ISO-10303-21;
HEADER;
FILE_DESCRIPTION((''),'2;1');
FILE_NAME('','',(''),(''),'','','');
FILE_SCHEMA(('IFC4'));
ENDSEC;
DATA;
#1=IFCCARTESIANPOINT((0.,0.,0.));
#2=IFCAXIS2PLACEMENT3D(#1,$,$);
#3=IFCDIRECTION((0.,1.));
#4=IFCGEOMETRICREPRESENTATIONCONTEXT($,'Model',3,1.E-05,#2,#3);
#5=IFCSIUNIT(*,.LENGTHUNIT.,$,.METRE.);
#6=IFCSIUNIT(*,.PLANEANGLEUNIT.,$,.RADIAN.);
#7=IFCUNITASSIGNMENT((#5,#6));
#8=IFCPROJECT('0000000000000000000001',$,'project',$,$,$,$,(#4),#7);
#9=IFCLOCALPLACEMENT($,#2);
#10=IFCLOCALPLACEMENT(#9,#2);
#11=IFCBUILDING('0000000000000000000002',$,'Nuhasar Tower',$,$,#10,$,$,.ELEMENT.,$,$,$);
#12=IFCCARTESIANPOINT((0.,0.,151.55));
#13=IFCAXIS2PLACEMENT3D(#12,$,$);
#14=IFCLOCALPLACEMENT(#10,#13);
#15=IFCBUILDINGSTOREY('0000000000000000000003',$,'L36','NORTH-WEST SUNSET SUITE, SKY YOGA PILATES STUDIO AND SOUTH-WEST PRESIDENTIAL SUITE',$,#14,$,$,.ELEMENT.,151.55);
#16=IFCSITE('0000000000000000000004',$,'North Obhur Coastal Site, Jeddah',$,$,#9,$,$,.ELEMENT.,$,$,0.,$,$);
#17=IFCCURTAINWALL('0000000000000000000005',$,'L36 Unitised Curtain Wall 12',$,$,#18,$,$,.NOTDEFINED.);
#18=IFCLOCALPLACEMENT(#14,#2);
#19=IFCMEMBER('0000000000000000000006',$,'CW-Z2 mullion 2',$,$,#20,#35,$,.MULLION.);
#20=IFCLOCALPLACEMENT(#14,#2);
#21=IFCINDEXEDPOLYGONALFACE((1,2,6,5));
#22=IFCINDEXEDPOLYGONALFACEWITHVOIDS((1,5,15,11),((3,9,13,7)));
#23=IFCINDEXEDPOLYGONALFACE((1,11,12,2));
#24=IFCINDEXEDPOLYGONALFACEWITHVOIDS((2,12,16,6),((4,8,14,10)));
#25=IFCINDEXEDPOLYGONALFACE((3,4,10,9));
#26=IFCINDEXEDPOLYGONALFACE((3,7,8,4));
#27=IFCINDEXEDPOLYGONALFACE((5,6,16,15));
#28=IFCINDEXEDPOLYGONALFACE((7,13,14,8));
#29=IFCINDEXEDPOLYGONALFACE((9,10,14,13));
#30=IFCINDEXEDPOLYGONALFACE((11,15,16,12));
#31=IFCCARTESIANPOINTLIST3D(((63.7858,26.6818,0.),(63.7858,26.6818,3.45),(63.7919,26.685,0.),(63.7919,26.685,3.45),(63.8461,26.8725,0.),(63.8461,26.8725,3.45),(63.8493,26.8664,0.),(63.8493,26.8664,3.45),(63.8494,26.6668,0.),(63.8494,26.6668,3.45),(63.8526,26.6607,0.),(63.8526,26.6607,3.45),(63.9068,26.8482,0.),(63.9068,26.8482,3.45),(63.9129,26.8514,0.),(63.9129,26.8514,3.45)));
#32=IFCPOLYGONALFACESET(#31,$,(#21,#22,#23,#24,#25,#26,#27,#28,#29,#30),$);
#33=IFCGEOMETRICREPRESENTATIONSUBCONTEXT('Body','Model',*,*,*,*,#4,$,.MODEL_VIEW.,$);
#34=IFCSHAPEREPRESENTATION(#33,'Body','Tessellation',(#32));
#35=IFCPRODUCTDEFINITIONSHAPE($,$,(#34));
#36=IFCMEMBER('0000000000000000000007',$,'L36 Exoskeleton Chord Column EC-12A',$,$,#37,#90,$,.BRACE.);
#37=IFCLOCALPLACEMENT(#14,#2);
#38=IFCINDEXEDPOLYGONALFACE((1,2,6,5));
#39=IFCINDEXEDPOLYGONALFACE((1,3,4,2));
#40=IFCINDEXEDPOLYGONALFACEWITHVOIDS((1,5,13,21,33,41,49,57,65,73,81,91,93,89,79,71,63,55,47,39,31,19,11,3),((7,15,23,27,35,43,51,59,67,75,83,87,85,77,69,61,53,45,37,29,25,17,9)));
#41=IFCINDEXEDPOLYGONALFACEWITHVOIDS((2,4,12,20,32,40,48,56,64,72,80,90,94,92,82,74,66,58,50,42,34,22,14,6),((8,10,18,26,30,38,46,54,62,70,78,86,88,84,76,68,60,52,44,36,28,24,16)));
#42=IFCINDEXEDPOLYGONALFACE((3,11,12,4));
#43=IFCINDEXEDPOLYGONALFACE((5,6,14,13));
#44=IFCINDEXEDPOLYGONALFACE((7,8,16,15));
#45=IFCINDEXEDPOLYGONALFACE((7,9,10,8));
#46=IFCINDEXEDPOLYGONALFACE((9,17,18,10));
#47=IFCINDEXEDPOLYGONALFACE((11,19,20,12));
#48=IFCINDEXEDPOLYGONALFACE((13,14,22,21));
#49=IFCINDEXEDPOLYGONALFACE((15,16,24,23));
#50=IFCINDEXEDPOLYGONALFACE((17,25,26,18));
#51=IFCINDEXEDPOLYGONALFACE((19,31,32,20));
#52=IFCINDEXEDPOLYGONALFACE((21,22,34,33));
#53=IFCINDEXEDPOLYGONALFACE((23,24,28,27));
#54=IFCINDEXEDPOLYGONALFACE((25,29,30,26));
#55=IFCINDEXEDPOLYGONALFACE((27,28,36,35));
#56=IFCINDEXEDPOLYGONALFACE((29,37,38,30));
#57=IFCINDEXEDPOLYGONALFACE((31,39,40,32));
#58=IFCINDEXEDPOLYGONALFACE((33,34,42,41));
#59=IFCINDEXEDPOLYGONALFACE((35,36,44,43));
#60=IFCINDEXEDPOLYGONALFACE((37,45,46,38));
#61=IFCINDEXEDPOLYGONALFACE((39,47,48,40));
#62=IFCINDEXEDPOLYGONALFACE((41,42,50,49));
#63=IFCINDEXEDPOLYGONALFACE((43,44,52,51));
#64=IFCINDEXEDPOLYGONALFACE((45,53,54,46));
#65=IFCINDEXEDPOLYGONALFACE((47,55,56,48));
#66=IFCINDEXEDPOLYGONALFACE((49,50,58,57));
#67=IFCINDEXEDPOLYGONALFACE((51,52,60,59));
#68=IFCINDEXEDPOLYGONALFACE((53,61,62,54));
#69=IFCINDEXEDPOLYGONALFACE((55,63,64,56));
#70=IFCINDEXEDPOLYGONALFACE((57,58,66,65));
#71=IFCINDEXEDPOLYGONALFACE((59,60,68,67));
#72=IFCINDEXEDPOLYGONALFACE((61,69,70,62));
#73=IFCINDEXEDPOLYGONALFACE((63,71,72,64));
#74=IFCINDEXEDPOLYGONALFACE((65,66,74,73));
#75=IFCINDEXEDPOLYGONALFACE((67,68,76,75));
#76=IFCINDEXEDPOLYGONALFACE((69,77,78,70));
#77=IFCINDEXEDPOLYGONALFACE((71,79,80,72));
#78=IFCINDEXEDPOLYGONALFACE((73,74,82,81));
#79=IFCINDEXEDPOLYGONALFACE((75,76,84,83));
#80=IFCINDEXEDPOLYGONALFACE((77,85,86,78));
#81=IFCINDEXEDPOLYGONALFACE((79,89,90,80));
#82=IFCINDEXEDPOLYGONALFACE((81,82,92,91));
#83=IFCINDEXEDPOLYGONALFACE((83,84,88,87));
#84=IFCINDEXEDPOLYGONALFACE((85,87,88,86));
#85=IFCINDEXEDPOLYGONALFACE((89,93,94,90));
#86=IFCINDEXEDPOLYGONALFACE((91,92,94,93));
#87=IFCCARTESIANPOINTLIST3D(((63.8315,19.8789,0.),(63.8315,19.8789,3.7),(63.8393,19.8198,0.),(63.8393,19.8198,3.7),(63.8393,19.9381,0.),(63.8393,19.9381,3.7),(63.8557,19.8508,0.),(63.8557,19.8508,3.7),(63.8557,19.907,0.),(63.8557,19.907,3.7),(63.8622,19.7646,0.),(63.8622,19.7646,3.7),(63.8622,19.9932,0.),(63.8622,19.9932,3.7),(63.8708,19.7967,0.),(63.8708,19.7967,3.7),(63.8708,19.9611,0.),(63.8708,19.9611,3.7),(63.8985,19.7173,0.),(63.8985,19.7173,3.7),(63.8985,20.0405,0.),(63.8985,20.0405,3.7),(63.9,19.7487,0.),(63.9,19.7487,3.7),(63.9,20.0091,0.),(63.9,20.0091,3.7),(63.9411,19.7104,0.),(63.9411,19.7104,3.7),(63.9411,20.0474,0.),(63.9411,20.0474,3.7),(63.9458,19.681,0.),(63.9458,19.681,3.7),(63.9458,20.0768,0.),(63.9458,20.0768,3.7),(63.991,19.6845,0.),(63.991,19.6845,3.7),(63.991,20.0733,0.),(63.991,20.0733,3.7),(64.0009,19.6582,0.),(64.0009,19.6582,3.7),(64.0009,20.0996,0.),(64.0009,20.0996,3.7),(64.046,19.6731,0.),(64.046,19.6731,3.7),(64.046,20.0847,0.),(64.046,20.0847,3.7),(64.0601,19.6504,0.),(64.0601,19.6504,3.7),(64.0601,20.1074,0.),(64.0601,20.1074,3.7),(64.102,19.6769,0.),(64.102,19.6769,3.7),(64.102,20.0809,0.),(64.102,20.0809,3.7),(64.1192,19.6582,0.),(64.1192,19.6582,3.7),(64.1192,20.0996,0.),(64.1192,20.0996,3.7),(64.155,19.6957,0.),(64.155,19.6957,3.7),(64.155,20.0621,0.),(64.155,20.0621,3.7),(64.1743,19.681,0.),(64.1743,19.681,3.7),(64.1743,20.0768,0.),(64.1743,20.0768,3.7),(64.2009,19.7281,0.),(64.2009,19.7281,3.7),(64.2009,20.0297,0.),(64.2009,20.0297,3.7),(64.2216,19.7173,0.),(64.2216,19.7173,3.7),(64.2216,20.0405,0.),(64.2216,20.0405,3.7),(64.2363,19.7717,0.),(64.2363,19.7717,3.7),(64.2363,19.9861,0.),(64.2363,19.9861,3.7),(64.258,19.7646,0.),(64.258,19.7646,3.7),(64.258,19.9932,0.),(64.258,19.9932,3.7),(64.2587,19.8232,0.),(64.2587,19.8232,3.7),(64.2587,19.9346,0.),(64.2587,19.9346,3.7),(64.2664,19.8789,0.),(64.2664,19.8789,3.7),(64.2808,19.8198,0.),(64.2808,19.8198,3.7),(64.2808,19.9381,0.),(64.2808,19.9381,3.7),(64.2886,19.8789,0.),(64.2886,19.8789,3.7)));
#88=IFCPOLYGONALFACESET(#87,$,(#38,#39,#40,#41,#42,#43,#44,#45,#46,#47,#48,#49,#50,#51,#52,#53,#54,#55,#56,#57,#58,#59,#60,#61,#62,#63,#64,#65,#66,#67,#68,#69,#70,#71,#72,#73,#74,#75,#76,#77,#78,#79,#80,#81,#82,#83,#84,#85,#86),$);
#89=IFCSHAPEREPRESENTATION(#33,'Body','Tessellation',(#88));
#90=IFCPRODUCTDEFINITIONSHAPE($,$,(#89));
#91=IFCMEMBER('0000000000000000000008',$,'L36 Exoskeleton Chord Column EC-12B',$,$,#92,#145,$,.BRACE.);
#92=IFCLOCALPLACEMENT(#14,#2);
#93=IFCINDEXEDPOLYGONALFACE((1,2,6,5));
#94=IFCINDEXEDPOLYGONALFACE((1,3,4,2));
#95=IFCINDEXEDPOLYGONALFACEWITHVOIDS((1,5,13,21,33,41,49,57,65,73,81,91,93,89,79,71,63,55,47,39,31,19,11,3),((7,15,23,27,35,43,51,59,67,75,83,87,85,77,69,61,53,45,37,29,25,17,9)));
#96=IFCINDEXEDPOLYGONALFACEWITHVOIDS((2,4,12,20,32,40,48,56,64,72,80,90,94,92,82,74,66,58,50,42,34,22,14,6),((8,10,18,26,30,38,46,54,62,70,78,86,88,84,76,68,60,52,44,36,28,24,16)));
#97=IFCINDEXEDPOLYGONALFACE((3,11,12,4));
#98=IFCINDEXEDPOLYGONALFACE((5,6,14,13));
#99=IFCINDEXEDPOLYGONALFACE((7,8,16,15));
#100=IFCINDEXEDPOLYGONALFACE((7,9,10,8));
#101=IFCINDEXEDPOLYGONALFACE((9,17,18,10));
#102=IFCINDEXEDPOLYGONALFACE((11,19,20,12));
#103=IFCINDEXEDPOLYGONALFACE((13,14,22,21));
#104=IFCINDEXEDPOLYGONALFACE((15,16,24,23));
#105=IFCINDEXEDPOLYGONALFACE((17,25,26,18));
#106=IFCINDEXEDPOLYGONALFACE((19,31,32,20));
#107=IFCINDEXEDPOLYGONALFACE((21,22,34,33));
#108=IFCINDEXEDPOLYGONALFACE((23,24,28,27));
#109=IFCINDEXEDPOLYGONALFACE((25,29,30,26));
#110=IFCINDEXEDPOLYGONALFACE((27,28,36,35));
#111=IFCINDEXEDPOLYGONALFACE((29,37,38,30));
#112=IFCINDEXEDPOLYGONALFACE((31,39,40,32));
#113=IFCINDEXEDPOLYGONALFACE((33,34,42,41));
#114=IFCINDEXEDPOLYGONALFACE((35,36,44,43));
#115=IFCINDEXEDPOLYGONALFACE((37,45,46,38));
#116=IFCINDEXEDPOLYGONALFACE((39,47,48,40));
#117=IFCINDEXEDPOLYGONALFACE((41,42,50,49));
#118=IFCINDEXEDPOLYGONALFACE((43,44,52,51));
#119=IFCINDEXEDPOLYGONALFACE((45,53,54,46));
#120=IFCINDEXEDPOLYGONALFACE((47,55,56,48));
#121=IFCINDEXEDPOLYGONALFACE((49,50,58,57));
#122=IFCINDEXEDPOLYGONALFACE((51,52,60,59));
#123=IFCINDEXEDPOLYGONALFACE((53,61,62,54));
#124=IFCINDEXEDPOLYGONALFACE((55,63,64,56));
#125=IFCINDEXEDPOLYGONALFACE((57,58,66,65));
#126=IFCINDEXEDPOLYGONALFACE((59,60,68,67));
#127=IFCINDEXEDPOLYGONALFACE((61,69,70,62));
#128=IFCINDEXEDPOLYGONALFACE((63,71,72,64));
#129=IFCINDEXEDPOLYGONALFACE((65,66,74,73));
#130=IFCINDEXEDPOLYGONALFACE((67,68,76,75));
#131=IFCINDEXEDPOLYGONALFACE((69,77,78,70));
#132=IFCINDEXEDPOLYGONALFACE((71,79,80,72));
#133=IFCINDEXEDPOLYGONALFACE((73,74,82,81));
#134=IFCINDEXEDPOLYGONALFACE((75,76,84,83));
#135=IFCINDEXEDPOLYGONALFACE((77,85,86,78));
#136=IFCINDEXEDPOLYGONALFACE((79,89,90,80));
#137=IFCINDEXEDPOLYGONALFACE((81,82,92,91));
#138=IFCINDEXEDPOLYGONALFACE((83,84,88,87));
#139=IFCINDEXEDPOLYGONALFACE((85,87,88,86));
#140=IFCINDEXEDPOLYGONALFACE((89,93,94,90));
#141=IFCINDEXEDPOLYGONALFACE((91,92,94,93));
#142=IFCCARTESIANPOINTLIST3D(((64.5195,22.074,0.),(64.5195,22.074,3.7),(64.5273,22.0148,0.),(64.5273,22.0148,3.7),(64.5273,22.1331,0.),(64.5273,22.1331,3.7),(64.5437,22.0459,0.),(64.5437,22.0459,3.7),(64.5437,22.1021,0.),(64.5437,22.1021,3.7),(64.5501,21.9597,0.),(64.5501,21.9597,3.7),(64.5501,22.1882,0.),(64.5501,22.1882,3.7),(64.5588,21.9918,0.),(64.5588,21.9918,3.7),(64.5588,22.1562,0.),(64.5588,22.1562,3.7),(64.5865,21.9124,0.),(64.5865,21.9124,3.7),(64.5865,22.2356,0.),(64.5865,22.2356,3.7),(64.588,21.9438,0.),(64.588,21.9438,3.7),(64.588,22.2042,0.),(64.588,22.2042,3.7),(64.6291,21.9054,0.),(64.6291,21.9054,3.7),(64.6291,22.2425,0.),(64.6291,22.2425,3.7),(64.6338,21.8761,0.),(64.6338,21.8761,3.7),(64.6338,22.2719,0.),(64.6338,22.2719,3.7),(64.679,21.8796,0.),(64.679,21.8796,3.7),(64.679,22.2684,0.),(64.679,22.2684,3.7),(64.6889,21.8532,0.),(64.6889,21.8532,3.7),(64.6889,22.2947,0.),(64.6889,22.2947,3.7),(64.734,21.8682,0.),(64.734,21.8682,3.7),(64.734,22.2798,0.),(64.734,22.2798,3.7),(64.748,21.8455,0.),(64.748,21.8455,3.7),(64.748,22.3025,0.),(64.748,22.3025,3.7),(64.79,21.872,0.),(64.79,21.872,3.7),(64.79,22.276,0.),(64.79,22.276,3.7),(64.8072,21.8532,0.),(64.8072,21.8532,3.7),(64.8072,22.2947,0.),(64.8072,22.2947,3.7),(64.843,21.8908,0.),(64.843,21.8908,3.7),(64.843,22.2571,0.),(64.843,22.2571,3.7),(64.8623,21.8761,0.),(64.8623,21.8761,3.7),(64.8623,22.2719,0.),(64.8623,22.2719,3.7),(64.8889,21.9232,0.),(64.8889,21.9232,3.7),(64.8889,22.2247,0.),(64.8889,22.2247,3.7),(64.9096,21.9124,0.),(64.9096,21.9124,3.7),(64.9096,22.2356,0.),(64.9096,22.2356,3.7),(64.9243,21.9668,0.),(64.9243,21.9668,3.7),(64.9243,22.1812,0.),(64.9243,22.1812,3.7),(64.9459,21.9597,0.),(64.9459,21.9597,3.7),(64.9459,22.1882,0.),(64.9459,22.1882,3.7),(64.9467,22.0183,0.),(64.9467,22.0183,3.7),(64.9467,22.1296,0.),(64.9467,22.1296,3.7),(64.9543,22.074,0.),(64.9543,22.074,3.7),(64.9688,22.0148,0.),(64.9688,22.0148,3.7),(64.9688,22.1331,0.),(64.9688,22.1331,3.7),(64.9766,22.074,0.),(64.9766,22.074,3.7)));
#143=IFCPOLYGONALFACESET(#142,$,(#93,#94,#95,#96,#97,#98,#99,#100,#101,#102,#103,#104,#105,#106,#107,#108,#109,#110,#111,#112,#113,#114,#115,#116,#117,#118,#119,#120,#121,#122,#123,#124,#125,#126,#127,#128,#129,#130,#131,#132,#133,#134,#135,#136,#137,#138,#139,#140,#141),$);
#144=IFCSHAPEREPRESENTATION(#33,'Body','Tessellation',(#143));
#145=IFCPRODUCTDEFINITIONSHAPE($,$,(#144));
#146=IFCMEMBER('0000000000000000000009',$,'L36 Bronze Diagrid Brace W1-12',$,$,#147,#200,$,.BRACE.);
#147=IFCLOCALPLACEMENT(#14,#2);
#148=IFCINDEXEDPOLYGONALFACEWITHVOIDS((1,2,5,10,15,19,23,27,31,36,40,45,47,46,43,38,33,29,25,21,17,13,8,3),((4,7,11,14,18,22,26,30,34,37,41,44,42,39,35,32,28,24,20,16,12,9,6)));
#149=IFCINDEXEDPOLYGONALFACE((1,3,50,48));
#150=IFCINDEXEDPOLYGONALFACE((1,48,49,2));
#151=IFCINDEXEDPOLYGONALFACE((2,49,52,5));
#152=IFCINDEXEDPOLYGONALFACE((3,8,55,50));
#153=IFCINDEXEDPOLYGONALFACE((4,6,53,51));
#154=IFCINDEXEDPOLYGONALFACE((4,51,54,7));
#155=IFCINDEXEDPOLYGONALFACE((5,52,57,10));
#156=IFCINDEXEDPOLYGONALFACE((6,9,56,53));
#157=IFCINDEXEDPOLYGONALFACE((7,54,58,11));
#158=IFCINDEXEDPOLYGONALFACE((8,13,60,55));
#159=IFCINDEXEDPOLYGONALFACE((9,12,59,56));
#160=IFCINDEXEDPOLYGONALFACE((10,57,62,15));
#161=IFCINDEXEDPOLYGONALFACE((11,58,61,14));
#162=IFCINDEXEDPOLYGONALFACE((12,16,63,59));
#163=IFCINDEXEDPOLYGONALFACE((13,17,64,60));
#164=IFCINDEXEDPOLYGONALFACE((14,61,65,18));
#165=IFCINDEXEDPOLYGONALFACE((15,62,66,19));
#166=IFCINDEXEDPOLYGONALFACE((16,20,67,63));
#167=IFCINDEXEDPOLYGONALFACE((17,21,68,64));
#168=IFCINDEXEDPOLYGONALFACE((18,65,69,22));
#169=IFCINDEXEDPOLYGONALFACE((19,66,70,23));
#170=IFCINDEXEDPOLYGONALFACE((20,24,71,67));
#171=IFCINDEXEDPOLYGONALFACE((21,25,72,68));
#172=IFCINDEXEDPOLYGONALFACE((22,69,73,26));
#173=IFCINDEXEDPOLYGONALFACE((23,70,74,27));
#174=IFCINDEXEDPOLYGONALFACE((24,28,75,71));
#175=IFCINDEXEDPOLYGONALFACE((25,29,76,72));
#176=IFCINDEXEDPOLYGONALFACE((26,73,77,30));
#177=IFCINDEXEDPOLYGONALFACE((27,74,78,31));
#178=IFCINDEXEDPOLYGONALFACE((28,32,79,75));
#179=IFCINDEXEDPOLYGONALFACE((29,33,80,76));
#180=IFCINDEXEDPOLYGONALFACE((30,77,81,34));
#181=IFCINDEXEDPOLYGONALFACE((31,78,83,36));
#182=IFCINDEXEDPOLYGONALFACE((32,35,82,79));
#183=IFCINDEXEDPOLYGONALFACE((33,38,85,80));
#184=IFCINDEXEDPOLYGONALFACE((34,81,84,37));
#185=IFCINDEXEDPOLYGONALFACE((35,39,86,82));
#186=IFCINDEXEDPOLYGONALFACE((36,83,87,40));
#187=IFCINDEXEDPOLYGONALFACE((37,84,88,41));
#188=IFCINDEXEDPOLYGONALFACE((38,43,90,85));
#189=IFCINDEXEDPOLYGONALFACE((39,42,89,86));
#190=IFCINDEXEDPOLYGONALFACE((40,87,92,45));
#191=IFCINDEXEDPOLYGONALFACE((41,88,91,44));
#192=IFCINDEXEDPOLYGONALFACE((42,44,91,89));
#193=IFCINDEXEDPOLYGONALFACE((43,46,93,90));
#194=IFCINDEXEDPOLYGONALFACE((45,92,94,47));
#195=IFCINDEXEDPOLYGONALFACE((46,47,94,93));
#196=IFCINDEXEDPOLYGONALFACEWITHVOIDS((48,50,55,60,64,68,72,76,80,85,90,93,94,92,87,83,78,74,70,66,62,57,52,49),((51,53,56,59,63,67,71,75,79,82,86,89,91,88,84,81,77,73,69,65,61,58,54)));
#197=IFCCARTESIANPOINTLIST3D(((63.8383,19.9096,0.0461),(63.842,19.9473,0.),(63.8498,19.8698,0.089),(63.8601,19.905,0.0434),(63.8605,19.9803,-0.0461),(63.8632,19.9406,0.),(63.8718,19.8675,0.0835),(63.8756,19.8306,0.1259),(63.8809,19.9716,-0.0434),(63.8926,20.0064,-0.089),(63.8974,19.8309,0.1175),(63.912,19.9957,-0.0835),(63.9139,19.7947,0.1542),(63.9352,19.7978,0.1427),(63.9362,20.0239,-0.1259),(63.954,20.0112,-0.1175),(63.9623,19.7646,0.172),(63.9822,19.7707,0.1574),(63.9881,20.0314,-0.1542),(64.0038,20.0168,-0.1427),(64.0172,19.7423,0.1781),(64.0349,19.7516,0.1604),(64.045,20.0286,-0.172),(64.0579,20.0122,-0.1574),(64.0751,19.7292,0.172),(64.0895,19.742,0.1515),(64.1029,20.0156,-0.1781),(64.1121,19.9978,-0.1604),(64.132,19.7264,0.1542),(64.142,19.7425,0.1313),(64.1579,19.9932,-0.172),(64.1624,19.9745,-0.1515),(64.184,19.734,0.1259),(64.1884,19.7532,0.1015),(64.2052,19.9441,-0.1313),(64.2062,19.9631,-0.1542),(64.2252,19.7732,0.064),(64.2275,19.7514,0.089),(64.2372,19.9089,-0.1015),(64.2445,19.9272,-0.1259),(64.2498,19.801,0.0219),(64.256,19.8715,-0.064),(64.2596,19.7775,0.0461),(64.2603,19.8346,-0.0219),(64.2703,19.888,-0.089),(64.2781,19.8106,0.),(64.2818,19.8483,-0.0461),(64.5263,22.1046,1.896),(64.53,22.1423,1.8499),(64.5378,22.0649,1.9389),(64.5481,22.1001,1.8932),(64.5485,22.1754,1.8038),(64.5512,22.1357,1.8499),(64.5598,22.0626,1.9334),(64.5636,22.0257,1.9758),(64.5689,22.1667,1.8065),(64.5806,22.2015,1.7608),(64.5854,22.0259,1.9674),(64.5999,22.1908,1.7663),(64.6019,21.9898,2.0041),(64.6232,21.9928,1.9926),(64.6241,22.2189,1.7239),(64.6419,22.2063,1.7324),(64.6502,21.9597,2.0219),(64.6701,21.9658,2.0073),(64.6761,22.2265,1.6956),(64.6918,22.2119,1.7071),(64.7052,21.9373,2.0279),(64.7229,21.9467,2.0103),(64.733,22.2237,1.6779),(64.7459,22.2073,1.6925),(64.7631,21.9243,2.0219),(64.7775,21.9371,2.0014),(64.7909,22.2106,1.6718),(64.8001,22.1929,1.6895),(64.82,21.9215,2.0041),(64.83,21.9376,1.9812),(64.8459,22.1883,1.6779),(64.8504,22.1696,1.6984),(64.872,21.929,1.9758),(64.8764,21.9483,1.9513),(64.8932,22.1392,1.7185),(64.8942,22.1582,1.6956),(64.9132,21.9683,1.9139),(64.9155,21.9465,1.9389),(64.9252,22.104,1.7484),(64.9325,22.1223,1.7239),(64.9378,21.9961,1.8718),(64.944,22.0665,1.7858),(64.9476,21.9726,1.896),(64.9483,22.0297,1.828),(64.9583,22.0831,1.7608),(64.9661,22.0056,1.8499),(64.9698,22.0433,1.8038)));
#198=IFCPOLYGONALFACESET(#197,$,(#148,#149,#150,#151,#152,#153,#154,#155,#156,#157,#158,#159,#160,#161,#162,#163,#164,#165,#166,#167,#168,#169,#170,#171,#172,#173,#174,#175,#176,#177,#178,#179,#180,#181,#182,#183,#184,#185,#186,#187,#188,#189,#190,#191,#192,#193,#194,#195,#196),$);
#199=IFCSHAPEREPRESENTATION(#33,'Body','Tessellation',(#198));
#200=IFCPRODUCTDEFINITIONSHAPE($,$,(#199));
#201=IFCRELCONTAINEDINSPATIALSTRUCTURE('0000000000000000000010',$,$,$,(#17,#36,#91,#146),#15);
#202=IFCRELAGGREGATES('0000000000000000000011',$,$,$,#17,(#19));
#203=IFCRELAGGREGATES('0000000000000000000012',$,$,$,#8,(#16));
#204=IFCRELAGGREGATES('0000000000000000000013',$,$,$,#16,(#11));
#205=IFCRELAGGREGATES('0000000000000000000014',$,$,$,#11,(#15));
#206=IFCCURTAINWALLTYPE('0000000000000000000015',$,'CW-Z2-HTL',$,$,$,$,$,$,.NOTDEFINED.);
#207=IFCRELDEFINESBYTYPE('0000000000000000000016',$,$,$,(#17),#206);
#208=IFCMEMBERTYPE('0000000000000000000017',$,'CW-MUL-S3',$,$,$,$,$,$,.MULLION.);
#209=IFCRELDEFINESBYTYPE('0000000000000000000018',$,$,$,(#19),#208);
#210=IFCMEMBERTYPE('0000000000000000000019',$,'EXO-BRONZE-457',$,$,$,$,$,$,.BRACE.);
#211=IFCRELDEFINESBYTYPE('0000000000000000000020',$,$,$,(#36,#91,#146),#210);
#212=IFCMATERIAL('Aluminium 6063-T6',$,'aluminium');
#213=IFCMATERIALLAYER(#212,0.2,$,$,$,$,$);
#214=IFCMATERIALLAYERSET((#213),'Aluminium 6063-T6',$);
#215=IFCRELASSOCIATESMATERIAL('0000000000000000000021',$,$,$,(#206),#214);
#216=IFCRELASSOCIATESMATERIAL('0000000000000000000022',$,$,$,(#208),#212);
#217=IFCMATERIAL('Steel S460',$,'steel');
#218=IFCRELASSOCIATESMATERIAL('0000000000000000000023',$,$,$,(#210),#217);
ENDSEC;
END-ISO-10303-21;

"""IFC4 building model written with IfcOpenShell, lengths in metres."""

from ifc_helpers import new_model, si_unit, direction, frame, origin, origin_2d, place, context, subcontext, project, spatial, hollow_rectangle, hollow_circle, extrude, material, layer, layer_set, material_profile, profile_set, type_object, element, aggregate, save


model = new_model("IFC4")

# Units and contexts
model_context = context("Model", 3, precision=1e-05, world=origin(), true_north=direction((0.0, 1.0)))
body_context = subcontext(model_context, "Body", "Model", "MODEL_VIEW")
ifc_project = project(units=[si_unit("LENGTHUNIT", "METRE"), si_unit("PLANEANGLEUNIT", "RADIAN")], contexts=[model_context])

# Site, building, storey
site_placement = place(None, origin())
site = spatial("IfcSite", under=ifc_project, at=site_placement, Name="North Obhur Coastal Site, Jeddah", CompositionType="ELEMENT", RefElevation=0.0)
building_placement = place(site_placement, origin())
building = spatial("IfcBuilding", under=site, at=building_placement, Name="Nuhasar Tower", CompositionType="ELEMENT")
storey_placement = place(building_placement, frame((0.0, 0.0, 151.55)))
storey = spatial("IfcBuildingStorey", under=building, at=storey_placement, Name="L36", Description="NORTH-WEST SUNSET SUITE, SKY YOGA PILATES STUDIO AND SOUTH-WEST PRESIDENTIAL SUITE", CompositionType="ELEMENT", Elevation=151.55)

# Curtain wall, member
ifc_material_1 = material(Name="Aluminium 6063-T6", Category="aluminium")
ifc_layer_1 = layer(ifc_material_1, 0.2)
ifc_layer_set_1 = layer_set([ifc_layer_1], Name="Aluminium 6063-T6")
curtain_wall_type = type_object("IfcCurtainWallType", Name="CW-Z2-HTL", PredefinedType="NOTDEFINED", material=ifc_layer_set_1)
curtain_wall_placement = place(storey_placement, origin())
curtain_wall = element("IfcCurtainWall", 1, at=curtain_wall_placement, inside=storey, type_object=curtain_wall_type, Name="L36 Unitised Curtain Wall 12", PredefinedType="NOTDEFINED")
ifc_material_profile_1 = material_profile(ifc_material_1, hollow_rectangle(XDim=0.0701, YDim=0.2, WallThickness=0.0049, at=origin_2d()), Name="CWM-3")
ifc_profile_set_1 = profile_set([ifc_material_profile_1], Name="Aluminium 6063-T6")
member_type_1 = type_object("IfcMemberType", Name="CW-MUL-S3", PredefinedType="MULLION", material=ifc_profile_set_1)
member_1_placement = place(storey_placement, frame((63.8494, 26.7666, 0.0), z_axis=(0.0, 0.0, 1.0), x_axis=(-0.953433, 0.301604, 0.0)))
member_1 = element("IfcMember", 2, at=member_1_placement, type_object=member_type_1, Name="CW-Z2 mullion 2", PredefinedType="MULLION", context=body_context, shape_type="SweptSolid", body=[
    extrude(hollow_rectangle(XDim=0.0701, YDim=0.2, WallThickness=0.0049, at=origin_2d()), origin(), (0.0, 0.0, 1.0), 3.45),
])

# Members
ifc_material_2 = material(Name="Steel S460", Category="steel")
ifc_material_profile_2 = material_profile(ifc_material_2, hollow_circle(Radius=0.2285, WallThickness=0.0222, at=origin_2d()), Name="HSS457X22.2")
ifc_profile_set_2 = profile_set([ifc_material_profile_2], Name="Steel S460")
member_type_2 = type_object("IfcMemberType", Name="EXO-BRONZE-457", PredefinedType="BRACE", material=ifc_profile_set_2)
for number, where, z_axis, x_axis, name in (
    (3, (64.0601, 19.8789, 0.0), (0.0, 0.0, 1.0), (1.0, 0.0, 0.0), "L36 Exoskeleton Chord Column EC-12A"),
    (4, (64.748, 22.074, 0.0), (0.0, 0.0, 1.0), (1.0, 0.0, 0.0), "L36 Exoskeleton Chord Column EC-12B"),
):
    element("IfcMember", number, at=place(storey_placement, frame(where, z_axis=z_axis, x_axis=x_axis)), inside=storey, type_object=member_type_2, Name=name, PredefinedType="BRACE", context=body_context, shape_type="SweptSolid", body=[
        extrude(hollow_circle(Radius=0.2285, WallThickness=0.0222, at=origin_2d()), origin(), (0.0, 0.0, 1.0), 3.7),
    ])
member_2_placement = place(storey_placement, frame((64.0601, 19.8789, 0.0), z_axis=(0.233068, 0.743616, 0.626669), x_axis=(-0.954228, 0.299079, 0.0)))
element("IfcMember", 5, at=member_2_placement, inside=storey, type_object=member_type_2, Name="L36 Bronze Diagrid Brace W1-12", PredefinedType="BRACE", context=body_context, shape_type="SweptSolid", body=[
    extrude(hollow_circle(Radius=0.2285, WallThickness=0.0222, at=origin_2d()), origin(), (0.0, 0.0, 1.0), 2.9519),
])

aggregate(curtain_wall, [member_1])

save(model, "model.ifc")
